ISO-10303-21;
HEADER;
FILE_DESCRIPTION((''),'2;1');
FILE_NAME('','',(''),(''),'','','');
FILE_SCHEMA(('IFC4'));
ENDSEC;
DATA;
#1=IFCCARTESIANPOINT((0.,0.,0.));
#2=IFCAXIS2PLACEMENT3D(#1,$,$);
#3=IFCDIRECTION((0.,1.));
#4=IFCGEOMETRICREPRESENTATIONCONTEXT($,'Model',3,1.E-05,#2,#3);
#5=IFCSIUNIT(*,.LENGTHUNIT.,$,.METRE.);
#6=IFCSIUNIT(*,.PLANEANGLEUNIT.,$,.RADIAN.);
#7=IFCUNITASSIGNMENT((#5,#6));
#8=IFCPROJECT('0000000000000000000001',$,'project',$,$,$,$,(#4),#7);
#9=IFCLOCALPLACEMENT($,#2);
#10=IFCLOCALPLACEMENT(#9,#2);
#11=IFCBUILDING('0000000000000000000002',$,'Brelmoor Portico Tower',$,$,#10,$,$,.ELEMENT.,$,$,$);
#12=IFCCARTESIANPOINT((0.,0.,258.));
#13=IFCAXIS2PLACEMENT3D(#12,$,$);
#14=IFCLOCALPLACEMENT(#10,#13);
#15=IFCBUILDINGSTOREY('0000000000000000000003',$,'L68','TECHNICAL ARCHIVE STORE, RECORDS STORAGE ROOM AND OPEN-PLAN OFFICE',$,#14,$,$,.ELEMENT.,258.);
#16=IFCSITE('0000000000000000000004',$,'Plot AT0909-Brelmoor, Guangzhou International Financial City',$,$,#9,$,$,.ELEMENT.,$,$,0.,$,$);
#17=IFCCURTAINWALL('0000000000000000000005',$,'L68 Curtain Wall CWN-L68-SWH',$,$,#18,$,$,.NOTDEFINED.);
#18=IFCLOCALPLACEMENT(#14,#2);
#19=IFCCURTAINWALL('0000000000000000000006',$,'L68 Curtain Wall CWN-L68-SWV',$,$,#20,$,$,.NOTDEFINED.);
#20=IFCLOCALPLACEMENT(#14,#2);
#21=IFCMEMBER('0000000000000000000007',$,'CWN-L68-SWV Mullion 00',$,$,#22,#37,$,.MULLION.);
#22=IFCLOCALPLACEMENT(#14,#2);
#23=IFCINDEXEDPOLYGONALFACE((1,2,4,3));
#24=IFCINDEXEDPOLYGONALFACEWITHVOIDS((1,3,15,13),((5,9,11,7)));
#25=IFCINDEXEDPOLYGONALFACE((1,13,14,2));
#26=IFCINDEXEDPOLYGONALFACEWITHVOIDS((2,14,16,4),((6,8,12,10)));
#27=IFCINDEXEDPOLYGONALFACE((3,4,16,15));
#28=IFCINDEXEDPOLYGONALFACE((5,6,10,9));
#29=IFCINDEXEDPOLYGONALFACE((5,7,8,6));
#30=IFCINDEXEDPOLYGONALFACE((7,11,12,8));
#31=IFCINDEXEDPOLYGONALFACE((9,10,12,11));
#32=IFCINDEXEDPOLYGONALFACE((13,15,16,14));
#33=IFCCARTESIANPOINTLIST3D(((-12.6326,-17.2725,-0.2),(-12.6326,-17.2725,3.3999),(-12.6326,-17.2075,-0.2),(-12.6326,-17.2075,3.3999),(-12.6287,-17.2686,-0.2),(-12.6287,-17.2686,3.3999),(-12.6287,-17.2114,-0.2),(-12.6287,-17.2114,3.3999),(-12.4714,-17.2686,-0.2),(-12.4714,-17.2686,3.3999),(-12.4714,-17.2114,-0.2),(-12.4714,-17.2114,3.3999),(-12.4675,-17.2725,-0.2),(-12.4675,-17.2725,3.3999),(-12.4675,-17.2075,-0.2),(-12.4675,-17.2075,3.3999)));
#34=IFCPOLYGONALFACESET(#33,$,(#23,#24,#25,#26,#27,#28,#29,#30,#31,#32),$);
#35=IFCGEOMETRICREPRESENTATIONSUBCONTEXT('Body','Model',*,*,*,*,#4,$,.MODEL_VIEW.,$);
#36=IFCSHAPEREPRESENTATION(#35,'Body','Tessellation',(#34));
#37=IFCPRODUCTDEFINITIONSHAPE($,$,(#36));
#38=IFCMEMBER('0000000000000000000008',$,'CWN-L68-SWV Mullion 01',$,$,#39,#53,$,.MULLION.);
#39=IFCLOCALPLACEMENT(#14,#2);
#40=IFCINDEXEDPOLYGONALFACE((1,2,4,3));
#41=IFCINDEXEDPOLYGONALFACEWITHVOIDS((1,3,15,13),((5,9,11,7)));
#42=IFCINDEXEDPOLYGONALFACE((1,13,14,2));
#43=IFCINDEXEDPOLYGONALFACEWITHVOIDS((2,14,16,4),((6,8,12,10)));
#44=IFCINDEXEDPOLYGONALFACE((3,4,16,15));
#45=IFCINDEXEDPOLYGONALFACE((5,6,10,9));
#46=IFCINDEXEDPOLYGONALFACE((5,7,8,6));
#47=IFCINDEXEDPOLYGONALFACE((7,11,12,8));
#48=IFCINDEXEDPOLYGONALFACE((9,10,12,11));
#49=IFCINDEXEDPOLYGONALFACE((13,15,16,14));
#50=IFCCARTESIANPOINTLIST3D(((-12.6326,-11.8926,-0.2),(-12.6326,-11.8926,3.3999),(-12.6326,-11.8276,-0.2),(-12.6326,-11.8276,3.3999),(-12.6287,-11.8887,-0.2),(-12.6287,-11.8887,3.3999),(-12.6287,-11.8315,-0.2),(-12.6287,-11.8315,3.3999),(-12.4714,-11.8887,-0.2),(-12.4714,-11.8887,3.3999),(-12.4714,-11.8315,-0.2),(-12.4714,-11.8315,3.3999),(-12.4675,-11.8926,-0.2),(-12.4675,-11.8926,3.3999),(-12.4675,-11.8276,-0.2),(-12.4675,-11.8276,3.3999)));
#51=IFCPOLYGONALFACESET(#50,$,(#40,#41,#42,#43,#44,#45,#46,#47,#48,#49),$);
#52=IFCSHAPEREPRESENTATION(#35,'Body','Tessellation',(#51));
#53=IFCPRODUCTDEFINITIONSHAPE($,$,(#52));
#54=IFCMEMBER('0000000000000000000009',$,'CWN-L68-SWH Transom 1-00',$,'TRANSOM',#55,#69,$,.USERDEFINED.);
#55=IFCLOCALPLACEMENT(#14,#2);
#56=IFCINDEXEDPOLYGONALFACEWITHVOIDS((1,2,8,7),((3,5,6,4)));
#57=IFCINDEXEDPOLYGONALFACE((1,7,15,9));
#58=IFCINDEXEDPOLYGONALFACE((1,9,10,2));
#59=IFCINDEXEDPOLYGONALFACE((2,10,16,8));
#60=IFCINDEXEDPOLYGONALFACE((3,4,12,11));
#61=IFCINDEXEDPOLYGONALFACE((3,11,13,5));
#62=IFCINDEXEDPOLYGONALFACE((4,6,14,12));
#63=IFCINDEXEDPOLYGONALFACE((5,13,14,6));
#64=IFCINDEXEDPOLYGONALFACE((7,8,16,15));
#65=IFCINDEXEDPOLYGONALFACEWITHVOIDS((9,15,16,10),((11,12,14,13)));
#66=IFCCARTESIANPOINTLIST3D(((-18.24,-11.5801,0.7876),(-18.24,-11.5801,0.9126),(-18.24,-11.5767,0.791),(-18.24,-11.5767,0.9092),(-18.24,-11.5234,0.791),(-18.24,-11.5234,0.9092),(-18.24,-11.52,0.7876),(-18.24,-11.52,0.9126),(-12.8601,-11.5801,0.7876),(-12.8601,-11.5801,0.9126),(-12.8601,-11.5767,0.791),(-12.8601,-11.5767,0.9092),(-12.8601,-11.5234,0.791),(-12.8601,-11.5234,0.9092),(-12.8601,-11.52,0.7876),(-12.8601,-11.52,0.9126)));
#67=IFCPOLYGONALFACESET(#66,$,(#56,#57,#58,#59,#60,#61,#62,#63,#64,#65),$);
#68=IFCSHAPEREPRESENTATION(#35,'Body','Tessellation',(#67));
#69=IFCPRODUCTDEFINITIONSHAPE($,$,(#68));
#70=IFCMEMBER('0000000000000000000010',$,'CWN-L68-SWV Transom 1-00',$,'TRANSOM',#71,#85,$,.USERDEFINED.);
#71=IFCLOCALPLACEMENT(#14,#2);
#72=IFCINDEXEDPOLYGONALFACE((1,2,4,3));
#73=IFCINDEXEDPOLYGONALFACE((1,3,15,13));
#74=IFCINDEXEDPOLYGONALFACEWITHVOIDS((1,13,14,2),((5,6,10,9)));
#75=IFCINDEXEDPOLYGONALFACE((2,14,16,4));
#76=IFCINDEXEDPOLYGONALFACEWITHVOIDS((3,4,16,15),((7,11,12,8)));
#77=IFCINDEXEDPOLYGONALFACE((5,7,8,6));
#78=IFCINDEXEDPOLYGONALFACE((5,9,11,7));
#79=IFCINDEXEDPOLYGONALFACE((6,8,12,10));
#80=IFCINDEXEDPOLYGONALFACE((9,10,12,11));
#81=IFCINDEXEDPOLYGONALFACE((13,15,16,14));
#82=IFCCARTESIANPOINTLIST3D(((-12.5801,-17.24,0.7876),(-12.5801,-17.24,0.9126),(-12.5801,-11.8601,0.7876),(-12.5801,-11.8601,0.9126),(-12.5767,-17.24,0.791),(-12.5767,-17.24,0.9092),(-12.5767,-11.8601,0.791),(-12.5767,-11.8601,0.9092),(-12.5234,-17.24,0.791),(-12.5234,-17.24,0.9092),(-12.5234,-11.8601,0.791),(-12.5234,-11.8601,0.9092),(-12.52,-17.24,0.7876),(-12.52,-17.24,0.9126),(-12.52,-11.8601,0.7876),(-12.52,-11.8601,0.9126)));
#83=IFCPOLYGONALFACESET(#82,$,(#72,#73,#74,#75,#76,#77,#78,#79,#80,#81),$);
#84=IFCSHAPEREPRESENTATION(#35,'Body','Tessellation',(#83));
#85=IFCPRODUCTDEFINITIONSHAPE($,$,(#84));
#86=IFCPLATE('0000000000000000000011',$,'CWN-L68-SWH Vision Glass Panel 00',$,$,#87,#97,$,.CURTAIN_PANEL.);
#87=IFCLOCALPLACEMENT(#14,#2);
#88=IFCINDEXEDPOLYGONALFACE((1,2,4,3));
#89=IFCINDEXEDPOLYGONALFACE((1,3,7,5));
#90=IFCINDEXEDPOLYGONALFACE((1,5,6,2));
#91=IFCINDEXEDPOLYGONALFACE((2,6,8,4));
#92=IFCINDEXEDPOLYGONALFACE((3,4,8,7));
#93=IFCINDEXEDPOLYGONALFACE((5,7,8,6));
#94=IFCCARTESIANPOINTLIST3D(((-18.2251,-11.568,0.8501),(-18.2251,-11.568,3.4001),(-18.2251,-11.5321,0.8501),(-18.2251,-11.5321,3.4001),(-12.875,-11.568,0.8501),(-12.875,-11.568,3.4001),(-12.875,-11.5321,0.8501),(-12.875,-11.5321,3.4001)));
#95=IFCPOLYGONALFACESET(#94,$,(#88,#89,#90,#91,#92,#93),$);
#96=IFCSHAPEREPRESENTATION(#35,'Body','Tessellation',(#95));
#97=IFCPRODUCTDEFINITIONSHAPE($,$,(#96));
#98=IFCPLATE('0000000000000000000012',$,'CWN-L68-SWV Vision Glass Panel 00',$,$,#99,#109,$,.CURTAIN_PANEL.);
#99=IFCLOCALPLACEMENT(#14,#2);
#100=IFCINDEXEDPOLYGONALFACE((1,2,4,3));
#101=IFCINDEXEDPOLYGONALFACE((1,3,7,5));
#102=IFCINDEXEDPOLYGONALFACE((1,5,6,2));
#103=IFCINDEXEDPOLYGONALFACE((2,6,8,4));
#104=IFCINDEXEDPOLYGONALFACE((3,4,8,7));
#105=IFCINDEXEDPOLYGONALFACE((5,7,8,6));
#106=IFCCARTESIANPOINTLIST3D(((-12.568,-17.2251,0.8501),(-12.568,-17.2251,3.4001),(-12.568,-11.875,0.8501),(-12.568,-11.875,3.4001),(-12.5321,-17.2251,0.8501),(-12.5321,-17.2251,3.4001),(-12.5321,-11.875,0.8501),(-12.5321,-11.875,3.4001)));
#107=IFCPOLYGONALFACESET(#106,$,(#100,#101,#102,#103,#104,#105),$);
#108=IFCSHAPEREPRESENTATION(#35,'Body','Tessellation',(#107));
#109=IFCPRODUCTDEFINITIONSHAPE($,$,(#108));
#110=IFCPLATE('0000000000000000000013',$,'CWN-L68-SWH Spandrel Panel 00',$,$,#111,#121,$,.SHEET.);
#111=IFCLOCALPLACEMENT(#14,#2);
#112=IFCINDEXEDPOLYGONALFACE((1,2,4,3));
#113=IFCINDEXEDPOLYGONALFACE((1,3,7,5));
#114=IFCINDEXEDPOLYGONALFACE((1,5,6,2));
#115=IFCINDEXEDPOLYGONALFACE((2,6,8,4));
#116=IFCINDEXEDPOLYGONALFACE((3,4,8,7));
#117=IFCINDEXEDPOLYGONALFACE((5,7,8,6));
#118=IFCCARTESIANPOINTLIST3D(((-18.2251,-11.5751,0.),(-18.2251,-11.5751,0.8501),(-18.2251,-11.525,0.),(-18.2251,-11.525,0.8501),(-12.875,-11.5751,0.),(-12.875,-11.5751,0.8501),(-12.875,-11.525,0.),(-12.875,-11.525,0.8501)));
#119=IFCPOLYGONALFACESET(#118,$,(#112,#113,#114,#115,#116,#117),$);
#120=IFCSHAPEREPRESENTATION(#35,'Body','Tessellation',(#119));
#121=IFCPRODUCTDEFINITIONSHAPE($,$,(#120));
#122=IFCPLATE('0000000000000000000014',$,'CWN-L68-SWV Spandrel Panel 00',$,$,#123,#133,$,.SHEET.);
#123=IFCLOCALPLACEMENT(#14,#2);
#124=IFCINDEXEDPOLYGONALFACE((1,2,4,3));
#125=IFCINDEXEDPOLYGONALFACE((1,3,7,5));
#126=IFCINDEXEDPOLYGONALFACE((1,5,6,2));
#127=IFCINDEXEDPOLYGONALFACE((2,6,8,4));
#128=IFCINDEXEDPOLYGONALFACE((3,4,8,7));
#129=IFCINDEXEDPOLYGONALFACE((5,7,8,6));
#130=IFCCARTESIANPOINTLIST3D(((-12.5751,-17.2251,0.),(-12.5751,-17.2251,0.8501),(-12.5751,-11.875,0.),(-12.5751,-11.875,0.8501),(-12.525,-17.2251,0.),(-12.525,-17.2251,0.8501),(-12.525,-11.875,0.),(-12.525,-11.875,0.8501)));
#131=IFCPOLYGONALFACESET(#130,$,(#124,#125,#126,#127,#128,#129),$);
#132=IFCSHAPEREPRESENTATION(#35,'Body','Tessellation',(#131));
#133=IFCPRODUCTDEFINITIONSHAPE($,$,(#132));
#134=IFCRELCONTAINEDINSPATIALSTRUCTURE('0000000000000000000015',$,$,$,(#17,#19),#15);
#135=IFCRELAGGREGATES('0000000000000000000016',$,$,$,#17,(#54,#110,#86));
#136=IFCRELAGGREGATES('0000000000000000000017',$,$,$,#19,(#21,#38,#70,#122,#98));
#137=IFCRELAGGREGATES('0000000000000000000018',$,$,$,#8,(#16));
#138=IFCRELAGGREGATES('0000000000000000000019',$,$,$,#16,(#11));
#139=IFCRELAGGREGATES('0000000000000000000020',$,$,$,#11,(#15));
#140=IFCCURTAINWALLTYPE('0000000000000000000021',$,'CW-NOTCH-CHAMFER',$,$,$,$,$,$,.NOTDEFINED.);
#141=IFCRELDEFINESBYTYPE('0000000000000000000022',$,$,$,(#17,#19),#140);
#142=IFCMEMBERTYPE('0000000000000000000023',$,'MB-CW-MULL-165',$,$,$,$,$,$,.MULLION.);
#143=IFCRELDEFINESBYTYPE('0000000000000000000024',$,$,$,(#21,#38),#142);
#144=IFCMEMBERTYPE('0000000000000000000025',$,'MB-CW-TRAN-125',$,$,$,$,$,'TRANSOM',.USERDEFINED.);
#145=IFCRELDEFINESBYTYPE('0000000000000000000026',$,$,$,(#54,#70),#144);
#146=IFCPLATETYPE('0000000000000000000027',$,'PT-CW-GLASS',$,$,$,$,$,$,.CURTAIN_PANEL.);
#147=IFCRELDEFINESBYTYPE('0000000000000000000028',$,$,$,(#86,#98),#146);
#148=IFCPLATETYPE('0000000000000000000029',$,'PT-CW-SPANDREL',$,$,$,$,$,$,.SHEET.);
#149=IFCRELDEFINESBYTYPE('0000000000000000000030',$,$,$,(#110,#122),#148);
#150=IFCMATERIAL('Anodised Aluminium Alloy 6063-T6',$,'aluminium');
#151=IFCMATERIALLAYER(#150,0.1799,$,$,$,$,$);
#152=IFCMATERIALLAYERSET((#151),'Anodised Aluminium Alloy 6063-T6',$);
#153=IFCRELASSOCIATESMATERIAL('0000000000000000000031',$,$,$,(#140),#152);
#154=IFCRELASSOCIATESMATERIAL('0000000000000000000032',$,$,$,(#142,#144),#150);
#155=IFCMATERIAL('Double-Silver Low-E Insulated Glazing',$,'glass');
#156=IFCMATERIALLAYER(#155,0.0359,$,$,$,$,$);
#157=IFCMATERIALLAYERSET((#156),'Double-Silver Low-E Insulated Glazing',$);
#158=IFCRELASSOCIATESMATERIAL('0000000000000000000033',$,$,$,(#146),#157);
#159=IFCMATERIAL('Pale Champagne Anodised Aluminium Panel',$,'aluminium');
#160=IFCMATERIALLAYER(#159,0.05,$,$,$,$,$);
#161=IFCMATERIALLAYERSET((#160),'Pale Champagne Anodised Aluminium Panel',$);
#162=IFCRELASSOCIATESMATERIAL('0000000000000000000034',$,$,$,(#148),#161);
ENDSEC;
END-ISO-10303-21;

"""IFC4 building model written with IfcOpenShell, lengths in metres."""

from ifc_helpers import new_model, si_unit, direction, frame, origin, origin_2d, place, context, subcontext, project, spatial, rectangle, hollow_rectangle, extrude, material, layer, layer_set, material_profile, profile_set, type_object, element, aggregate, save


model = new_model("IFC4")

# Units and contexts
model_context = context("Model", 3, precision=1e-05, world=origin(), true_north=direction((0.0, 1.0)))
body_context = subcontext(model_context, "Body", "Model", "MODEL_VIEW")
ifc_project = project(units=[si_unit("LENGTHUNIT", "METRE"), si_unit("PLANEANGLEUNIT", "RADIAN")], contexts=[model_context])

# Site, building, storey
site_placement = place(None, origin())
site = spatial("IfcSite", under=ifc_project, at=site_placement, Name="Plot AT0909-Brelmoor, Guangzhou International Financial City", CompositionType="ELEMENT", RefElevation=0.0)
building_placement = place(site_placement, origin())
building = spatial("IfcBuilding", under=site, at=building_placement, Name="Brelmoor Portico Tower", CompositionType="ELEMENT")
storey_placement = place(building_placement, frame((0.0, 0.0, 258.0)))
storey = spatial("IfcBuildingStorey", under=building, at=storey_placement, Name="L68", Description="TECHNICAL ARCHIVE STORE, RECORDS STORAGE ROOM AND OPEN-PLAN OFFICE", CompositionType="ELEMENT", Elevation=258.0)

# Curtain walls, members
ifc_material_1 = material(Name="Anodised Aluminium Alloy 6063-T6", Category="aluminium")
ifc_layer_1 = layer(ifc_material_1, 0.1799)
ifc_layer_set_1 = layer_set([ifc_layer_1], Name="Anodised Aluminium Alloy 6063-T6")
curtain_wall_type = type_object("IfcCurtainWallType", Name="CW-NOTCH-CHAMFER", PredefinedType="NOTDEFINED", material=ifc_layer_set_1)
curtain_wall_1_placement = place(storey_placement, origin())
curtain_wall_1 = element("IfcCurtainWall", 1, at=curtain_wall_1_placement, inside=storey, type_object=curtain_wall_type, Name="L68 Curtain Wall CWN-L68-SWH", PredefinedType="NOTDEFINED")
ifc_material_profile_1 = material_profile(ifc_material_1, hollow_rectangle(XDim=0.0649, YDim=0.165, WallThickness=0.0039, at=origin_2d()), Name="ALU MULLION 65x165")
ifc_profile_set_1 = profile_set([ifc_material_profile_1], Name="Anodised Aluminium Alloy 6063-T6")
member_type_1 = type_object("IfcMemberType", Name="MB-CW-MULL-165", PredefinedType="MULLION", material=ifc_profile_set_1)
curtain_wall_2_placement = place(storey_placement, origin())
curtain_wall_2 = element("IfcCurtainWall", 2, at=curtain_wall_2_placement, inside=storey, type_object=curtain_wall_type, Name="L68 Curtain Wall CWN-L68-SWV", PredefinedType="NOTDEFINED")
member_1_placement = place(storey_placement, frame((-12.55, -17.24, -0.2), z_axis=(0.0, 0.0, 1.0), x_axis=(0.0, 1.0, 0.0)))
member_1 = element("IfcMember", 3, at=member_1_placement, type_object=member_type_1, Name="CWN-L68-SWV Mullion 00", PredefinedType="MULLION", context=body_context, shape_type="SweptSolid", body=[
    extrude(hollow_rectangle(XDim=0.0649, YDim=0.165, WallThickness=0.0039, at=origin_2d()), origin(), (0.0, 0.0, 1.0), 3.5999),
])
member_2_placement = place(storey_placement, frame((-12.55, -11.8601, -0.2), z_axis=(0.0, 0.0, 1.0), x_axis=(0.0, 1.0, 0.0)))
member_2 = element("IfcMember", 4, at=member_2_placement, type_object=member_type_1, Name="CWN-L68-SWV Mullion 01", PredefinedType="MULLION", context=body_context, shape_type="SweptSolid", body=[
    extrude(hollow_rectangle(XDim=0.0649, YDim=0.165, WallThickness=0.0039, at=origin_2d()), origin(), (0.0, 0.0, 1.0), 3.5999),
])

# Members
ifc_material_profile_2 = material_profile(ifc_material_1, hollow_rectangle(XDim=0.0601, YDim=0.125, WallThickness=0.0034, at=origin_2d()), Name="ALU TRANSOM 60x125")
ifc_profile_set_2 = profile_set([ifc_material_profile_2], Name="Anodised Aluminium Alloy 6063-T6")
member_type_2 = type_object("IfcMemberType", Name="MB-CW-TRAN-125", ElementType="TRANSOM", PredefinedType="USERDEFINED", material=ifc_profile_set_2)
member_3_placement = place(storey_placement, frame((-18.24, -11.55, 0.8501), z_axis=(1.0, 0.0, 0.0), x_axis=(0.0, 1.0, 0.0)))
member_3 = element("IfcMember", 5, at=member_3_placement, type_object=member_type_2, Name="CWN-L68-SWH Transom 1-00", ObjectType="TRANSOM", PredefinedType="USERDEFINED", context=body_context, shape_type="SweptSolid", body=[
    extrude(hollow_rectangle(XDim=0.0601, YDim=0.125, WallThickness=0.0034, at=origin_2d()), origin(), (0.0, 0.0, 1.0), 5.3799),
])
member_4_placement = place(storey_placement, frame((-12.55, -17.24, 0.8501), z_axis=(0.0, 1.0, 0.0), x_axis=(-1.0, 0.0, 0.0)))
member_4 = element("IfcMember", 6, at=member_4_placement, type_object=member_type_2, Name="CWN-L68-SWV Transom 1-00", ObjectType="TRANSOM", PredefinedType="USERDEFINED", context=body_context, shape_type="SweptSolid", body=[
    extrude(hollow_rectangle(XDim=0.0601, YDim=0.125, WallThickness=0.0034, at=origin_2d()), origin(), (0.0, 0.0, 1.0), 5.3799),
])

# Plates
ifc_material_2 = material(Name="Double-Silver Low-E Insulated Glazing", Category="glass")
ifc_layer_2 = layer(ifc_material_2, 0.0359)
ifc_layer_set_2 = layer_set([ifc_layer_2], Name="Double-Silver Low-E Insulated Glazing")
plate_type_1 = type_object("IfcPlateType", Name="PT-CW-GLASS", PredefinedType="CURTAIN_PANEL", material=ifc_layer_set_2)
plate_1_placement = place(storey_placement, frame((-15.55, -11.55, 0.8501), z_axis=(0.0, 0.0, 1.0), x_axis=(1.0, 0.0, 0.0)))
plate_1 = element("IfcPlate", 7, at=plate_1_placement, type_object=plate_type_1, Name="CWN-L68-SWH Vision Glass Panel 00", PredefinedType="CURTAIN_PANEL", context=body_context, shape_type="SweptSolid", body=[
    extrude(rectangle(XDim=5.3501, YDim=0.0359, at=origin_2d()), origin(), (0.0, 0.0, 1.0), 2.55),
])
plate_2_placement = place(storey_placement, frame((-12.55, -14.55, 0.8501), z_axis=(0.0, 0.0, 1.0), x_axis=(0.0, 1.0, 0.0)))
plate_2 = element("IfcPlate", 8, at=plate_2_placement, type_object=plate_type_1, Name="CWN-L68-SWV Vision Glass Panel 00", PredefinedType="CURTAIN_PANEL", context=body_context, shape_type="SweptSolid", body=[
    extrude(rectangle(XDim=5.3501, YDim=0.0359, at=origin_2d()), origin(), (0.0, 0.0, 1.0), 2.55),
])
ifc_material_3 = material(Name="Pale Champagne Anodised Aluminium Panel", Category="aluminium")
ifc_layer_3 = layer(ifc_material_3, 0.05)
ifc_layer_set_3 = layer_set([ifc_layer_3], Name="Pale Champagne Anodised Aluminium Panel")
plate_type_2 = type_object("IfcPlateType", Name="PT-CW-SPANDREL", PredefinedType="SHEET", material=ifc_layer_set_3)
plate_3_placement = place(storey_placement, frame((-15.55, -11.55, 0.0), z_axis=(0.0, 0.0, 1.0), x_axis=(1.0, 0.0, 0.0)))
plate_3 = element("IfcPlate", 9, at=plate_3_placement, type_object=plate_type_2, Name="CWN-L68-SWH Spandrel Panel 00", PredefinedType="SHEET", context=body_context, shape_type="SweptSolid", body=[
    extrude(rectangle(XDim=5.3501, YDim=0.05, at=origin_2d()), origin(), (0.0, 0.0, 1.0), 0.8501),
])
aggregate(curtain_wall_1, [member_3, plate_3, plate_1])
plate_4_placement = place(storey_placement, frame((-12.55, -14.55, 0.0), z_axis=(0.0, 0.0, 1.0), x_axis=(0.0, 1.0, 0.0)))
plate_4 = element("IfcPlate", 10, at=plate_4_placement, type_object=plate_type_2, Name="CWN-L68-SWV Spandrel Panel 00", PredefinedType="SHEET", context=body_context, shape_type="SweptSolid", body=[
    extrude(rectangle(XDim=5.3501, YDim=0.05, at=origin_2d()), origin(), (0.0, 0.0, 1.0), 0.8501),
])
aggregate(curtain_wall_2, [member_1, member_2, member_4, plate_4, plate_2])

save(model, "model.ifc")
